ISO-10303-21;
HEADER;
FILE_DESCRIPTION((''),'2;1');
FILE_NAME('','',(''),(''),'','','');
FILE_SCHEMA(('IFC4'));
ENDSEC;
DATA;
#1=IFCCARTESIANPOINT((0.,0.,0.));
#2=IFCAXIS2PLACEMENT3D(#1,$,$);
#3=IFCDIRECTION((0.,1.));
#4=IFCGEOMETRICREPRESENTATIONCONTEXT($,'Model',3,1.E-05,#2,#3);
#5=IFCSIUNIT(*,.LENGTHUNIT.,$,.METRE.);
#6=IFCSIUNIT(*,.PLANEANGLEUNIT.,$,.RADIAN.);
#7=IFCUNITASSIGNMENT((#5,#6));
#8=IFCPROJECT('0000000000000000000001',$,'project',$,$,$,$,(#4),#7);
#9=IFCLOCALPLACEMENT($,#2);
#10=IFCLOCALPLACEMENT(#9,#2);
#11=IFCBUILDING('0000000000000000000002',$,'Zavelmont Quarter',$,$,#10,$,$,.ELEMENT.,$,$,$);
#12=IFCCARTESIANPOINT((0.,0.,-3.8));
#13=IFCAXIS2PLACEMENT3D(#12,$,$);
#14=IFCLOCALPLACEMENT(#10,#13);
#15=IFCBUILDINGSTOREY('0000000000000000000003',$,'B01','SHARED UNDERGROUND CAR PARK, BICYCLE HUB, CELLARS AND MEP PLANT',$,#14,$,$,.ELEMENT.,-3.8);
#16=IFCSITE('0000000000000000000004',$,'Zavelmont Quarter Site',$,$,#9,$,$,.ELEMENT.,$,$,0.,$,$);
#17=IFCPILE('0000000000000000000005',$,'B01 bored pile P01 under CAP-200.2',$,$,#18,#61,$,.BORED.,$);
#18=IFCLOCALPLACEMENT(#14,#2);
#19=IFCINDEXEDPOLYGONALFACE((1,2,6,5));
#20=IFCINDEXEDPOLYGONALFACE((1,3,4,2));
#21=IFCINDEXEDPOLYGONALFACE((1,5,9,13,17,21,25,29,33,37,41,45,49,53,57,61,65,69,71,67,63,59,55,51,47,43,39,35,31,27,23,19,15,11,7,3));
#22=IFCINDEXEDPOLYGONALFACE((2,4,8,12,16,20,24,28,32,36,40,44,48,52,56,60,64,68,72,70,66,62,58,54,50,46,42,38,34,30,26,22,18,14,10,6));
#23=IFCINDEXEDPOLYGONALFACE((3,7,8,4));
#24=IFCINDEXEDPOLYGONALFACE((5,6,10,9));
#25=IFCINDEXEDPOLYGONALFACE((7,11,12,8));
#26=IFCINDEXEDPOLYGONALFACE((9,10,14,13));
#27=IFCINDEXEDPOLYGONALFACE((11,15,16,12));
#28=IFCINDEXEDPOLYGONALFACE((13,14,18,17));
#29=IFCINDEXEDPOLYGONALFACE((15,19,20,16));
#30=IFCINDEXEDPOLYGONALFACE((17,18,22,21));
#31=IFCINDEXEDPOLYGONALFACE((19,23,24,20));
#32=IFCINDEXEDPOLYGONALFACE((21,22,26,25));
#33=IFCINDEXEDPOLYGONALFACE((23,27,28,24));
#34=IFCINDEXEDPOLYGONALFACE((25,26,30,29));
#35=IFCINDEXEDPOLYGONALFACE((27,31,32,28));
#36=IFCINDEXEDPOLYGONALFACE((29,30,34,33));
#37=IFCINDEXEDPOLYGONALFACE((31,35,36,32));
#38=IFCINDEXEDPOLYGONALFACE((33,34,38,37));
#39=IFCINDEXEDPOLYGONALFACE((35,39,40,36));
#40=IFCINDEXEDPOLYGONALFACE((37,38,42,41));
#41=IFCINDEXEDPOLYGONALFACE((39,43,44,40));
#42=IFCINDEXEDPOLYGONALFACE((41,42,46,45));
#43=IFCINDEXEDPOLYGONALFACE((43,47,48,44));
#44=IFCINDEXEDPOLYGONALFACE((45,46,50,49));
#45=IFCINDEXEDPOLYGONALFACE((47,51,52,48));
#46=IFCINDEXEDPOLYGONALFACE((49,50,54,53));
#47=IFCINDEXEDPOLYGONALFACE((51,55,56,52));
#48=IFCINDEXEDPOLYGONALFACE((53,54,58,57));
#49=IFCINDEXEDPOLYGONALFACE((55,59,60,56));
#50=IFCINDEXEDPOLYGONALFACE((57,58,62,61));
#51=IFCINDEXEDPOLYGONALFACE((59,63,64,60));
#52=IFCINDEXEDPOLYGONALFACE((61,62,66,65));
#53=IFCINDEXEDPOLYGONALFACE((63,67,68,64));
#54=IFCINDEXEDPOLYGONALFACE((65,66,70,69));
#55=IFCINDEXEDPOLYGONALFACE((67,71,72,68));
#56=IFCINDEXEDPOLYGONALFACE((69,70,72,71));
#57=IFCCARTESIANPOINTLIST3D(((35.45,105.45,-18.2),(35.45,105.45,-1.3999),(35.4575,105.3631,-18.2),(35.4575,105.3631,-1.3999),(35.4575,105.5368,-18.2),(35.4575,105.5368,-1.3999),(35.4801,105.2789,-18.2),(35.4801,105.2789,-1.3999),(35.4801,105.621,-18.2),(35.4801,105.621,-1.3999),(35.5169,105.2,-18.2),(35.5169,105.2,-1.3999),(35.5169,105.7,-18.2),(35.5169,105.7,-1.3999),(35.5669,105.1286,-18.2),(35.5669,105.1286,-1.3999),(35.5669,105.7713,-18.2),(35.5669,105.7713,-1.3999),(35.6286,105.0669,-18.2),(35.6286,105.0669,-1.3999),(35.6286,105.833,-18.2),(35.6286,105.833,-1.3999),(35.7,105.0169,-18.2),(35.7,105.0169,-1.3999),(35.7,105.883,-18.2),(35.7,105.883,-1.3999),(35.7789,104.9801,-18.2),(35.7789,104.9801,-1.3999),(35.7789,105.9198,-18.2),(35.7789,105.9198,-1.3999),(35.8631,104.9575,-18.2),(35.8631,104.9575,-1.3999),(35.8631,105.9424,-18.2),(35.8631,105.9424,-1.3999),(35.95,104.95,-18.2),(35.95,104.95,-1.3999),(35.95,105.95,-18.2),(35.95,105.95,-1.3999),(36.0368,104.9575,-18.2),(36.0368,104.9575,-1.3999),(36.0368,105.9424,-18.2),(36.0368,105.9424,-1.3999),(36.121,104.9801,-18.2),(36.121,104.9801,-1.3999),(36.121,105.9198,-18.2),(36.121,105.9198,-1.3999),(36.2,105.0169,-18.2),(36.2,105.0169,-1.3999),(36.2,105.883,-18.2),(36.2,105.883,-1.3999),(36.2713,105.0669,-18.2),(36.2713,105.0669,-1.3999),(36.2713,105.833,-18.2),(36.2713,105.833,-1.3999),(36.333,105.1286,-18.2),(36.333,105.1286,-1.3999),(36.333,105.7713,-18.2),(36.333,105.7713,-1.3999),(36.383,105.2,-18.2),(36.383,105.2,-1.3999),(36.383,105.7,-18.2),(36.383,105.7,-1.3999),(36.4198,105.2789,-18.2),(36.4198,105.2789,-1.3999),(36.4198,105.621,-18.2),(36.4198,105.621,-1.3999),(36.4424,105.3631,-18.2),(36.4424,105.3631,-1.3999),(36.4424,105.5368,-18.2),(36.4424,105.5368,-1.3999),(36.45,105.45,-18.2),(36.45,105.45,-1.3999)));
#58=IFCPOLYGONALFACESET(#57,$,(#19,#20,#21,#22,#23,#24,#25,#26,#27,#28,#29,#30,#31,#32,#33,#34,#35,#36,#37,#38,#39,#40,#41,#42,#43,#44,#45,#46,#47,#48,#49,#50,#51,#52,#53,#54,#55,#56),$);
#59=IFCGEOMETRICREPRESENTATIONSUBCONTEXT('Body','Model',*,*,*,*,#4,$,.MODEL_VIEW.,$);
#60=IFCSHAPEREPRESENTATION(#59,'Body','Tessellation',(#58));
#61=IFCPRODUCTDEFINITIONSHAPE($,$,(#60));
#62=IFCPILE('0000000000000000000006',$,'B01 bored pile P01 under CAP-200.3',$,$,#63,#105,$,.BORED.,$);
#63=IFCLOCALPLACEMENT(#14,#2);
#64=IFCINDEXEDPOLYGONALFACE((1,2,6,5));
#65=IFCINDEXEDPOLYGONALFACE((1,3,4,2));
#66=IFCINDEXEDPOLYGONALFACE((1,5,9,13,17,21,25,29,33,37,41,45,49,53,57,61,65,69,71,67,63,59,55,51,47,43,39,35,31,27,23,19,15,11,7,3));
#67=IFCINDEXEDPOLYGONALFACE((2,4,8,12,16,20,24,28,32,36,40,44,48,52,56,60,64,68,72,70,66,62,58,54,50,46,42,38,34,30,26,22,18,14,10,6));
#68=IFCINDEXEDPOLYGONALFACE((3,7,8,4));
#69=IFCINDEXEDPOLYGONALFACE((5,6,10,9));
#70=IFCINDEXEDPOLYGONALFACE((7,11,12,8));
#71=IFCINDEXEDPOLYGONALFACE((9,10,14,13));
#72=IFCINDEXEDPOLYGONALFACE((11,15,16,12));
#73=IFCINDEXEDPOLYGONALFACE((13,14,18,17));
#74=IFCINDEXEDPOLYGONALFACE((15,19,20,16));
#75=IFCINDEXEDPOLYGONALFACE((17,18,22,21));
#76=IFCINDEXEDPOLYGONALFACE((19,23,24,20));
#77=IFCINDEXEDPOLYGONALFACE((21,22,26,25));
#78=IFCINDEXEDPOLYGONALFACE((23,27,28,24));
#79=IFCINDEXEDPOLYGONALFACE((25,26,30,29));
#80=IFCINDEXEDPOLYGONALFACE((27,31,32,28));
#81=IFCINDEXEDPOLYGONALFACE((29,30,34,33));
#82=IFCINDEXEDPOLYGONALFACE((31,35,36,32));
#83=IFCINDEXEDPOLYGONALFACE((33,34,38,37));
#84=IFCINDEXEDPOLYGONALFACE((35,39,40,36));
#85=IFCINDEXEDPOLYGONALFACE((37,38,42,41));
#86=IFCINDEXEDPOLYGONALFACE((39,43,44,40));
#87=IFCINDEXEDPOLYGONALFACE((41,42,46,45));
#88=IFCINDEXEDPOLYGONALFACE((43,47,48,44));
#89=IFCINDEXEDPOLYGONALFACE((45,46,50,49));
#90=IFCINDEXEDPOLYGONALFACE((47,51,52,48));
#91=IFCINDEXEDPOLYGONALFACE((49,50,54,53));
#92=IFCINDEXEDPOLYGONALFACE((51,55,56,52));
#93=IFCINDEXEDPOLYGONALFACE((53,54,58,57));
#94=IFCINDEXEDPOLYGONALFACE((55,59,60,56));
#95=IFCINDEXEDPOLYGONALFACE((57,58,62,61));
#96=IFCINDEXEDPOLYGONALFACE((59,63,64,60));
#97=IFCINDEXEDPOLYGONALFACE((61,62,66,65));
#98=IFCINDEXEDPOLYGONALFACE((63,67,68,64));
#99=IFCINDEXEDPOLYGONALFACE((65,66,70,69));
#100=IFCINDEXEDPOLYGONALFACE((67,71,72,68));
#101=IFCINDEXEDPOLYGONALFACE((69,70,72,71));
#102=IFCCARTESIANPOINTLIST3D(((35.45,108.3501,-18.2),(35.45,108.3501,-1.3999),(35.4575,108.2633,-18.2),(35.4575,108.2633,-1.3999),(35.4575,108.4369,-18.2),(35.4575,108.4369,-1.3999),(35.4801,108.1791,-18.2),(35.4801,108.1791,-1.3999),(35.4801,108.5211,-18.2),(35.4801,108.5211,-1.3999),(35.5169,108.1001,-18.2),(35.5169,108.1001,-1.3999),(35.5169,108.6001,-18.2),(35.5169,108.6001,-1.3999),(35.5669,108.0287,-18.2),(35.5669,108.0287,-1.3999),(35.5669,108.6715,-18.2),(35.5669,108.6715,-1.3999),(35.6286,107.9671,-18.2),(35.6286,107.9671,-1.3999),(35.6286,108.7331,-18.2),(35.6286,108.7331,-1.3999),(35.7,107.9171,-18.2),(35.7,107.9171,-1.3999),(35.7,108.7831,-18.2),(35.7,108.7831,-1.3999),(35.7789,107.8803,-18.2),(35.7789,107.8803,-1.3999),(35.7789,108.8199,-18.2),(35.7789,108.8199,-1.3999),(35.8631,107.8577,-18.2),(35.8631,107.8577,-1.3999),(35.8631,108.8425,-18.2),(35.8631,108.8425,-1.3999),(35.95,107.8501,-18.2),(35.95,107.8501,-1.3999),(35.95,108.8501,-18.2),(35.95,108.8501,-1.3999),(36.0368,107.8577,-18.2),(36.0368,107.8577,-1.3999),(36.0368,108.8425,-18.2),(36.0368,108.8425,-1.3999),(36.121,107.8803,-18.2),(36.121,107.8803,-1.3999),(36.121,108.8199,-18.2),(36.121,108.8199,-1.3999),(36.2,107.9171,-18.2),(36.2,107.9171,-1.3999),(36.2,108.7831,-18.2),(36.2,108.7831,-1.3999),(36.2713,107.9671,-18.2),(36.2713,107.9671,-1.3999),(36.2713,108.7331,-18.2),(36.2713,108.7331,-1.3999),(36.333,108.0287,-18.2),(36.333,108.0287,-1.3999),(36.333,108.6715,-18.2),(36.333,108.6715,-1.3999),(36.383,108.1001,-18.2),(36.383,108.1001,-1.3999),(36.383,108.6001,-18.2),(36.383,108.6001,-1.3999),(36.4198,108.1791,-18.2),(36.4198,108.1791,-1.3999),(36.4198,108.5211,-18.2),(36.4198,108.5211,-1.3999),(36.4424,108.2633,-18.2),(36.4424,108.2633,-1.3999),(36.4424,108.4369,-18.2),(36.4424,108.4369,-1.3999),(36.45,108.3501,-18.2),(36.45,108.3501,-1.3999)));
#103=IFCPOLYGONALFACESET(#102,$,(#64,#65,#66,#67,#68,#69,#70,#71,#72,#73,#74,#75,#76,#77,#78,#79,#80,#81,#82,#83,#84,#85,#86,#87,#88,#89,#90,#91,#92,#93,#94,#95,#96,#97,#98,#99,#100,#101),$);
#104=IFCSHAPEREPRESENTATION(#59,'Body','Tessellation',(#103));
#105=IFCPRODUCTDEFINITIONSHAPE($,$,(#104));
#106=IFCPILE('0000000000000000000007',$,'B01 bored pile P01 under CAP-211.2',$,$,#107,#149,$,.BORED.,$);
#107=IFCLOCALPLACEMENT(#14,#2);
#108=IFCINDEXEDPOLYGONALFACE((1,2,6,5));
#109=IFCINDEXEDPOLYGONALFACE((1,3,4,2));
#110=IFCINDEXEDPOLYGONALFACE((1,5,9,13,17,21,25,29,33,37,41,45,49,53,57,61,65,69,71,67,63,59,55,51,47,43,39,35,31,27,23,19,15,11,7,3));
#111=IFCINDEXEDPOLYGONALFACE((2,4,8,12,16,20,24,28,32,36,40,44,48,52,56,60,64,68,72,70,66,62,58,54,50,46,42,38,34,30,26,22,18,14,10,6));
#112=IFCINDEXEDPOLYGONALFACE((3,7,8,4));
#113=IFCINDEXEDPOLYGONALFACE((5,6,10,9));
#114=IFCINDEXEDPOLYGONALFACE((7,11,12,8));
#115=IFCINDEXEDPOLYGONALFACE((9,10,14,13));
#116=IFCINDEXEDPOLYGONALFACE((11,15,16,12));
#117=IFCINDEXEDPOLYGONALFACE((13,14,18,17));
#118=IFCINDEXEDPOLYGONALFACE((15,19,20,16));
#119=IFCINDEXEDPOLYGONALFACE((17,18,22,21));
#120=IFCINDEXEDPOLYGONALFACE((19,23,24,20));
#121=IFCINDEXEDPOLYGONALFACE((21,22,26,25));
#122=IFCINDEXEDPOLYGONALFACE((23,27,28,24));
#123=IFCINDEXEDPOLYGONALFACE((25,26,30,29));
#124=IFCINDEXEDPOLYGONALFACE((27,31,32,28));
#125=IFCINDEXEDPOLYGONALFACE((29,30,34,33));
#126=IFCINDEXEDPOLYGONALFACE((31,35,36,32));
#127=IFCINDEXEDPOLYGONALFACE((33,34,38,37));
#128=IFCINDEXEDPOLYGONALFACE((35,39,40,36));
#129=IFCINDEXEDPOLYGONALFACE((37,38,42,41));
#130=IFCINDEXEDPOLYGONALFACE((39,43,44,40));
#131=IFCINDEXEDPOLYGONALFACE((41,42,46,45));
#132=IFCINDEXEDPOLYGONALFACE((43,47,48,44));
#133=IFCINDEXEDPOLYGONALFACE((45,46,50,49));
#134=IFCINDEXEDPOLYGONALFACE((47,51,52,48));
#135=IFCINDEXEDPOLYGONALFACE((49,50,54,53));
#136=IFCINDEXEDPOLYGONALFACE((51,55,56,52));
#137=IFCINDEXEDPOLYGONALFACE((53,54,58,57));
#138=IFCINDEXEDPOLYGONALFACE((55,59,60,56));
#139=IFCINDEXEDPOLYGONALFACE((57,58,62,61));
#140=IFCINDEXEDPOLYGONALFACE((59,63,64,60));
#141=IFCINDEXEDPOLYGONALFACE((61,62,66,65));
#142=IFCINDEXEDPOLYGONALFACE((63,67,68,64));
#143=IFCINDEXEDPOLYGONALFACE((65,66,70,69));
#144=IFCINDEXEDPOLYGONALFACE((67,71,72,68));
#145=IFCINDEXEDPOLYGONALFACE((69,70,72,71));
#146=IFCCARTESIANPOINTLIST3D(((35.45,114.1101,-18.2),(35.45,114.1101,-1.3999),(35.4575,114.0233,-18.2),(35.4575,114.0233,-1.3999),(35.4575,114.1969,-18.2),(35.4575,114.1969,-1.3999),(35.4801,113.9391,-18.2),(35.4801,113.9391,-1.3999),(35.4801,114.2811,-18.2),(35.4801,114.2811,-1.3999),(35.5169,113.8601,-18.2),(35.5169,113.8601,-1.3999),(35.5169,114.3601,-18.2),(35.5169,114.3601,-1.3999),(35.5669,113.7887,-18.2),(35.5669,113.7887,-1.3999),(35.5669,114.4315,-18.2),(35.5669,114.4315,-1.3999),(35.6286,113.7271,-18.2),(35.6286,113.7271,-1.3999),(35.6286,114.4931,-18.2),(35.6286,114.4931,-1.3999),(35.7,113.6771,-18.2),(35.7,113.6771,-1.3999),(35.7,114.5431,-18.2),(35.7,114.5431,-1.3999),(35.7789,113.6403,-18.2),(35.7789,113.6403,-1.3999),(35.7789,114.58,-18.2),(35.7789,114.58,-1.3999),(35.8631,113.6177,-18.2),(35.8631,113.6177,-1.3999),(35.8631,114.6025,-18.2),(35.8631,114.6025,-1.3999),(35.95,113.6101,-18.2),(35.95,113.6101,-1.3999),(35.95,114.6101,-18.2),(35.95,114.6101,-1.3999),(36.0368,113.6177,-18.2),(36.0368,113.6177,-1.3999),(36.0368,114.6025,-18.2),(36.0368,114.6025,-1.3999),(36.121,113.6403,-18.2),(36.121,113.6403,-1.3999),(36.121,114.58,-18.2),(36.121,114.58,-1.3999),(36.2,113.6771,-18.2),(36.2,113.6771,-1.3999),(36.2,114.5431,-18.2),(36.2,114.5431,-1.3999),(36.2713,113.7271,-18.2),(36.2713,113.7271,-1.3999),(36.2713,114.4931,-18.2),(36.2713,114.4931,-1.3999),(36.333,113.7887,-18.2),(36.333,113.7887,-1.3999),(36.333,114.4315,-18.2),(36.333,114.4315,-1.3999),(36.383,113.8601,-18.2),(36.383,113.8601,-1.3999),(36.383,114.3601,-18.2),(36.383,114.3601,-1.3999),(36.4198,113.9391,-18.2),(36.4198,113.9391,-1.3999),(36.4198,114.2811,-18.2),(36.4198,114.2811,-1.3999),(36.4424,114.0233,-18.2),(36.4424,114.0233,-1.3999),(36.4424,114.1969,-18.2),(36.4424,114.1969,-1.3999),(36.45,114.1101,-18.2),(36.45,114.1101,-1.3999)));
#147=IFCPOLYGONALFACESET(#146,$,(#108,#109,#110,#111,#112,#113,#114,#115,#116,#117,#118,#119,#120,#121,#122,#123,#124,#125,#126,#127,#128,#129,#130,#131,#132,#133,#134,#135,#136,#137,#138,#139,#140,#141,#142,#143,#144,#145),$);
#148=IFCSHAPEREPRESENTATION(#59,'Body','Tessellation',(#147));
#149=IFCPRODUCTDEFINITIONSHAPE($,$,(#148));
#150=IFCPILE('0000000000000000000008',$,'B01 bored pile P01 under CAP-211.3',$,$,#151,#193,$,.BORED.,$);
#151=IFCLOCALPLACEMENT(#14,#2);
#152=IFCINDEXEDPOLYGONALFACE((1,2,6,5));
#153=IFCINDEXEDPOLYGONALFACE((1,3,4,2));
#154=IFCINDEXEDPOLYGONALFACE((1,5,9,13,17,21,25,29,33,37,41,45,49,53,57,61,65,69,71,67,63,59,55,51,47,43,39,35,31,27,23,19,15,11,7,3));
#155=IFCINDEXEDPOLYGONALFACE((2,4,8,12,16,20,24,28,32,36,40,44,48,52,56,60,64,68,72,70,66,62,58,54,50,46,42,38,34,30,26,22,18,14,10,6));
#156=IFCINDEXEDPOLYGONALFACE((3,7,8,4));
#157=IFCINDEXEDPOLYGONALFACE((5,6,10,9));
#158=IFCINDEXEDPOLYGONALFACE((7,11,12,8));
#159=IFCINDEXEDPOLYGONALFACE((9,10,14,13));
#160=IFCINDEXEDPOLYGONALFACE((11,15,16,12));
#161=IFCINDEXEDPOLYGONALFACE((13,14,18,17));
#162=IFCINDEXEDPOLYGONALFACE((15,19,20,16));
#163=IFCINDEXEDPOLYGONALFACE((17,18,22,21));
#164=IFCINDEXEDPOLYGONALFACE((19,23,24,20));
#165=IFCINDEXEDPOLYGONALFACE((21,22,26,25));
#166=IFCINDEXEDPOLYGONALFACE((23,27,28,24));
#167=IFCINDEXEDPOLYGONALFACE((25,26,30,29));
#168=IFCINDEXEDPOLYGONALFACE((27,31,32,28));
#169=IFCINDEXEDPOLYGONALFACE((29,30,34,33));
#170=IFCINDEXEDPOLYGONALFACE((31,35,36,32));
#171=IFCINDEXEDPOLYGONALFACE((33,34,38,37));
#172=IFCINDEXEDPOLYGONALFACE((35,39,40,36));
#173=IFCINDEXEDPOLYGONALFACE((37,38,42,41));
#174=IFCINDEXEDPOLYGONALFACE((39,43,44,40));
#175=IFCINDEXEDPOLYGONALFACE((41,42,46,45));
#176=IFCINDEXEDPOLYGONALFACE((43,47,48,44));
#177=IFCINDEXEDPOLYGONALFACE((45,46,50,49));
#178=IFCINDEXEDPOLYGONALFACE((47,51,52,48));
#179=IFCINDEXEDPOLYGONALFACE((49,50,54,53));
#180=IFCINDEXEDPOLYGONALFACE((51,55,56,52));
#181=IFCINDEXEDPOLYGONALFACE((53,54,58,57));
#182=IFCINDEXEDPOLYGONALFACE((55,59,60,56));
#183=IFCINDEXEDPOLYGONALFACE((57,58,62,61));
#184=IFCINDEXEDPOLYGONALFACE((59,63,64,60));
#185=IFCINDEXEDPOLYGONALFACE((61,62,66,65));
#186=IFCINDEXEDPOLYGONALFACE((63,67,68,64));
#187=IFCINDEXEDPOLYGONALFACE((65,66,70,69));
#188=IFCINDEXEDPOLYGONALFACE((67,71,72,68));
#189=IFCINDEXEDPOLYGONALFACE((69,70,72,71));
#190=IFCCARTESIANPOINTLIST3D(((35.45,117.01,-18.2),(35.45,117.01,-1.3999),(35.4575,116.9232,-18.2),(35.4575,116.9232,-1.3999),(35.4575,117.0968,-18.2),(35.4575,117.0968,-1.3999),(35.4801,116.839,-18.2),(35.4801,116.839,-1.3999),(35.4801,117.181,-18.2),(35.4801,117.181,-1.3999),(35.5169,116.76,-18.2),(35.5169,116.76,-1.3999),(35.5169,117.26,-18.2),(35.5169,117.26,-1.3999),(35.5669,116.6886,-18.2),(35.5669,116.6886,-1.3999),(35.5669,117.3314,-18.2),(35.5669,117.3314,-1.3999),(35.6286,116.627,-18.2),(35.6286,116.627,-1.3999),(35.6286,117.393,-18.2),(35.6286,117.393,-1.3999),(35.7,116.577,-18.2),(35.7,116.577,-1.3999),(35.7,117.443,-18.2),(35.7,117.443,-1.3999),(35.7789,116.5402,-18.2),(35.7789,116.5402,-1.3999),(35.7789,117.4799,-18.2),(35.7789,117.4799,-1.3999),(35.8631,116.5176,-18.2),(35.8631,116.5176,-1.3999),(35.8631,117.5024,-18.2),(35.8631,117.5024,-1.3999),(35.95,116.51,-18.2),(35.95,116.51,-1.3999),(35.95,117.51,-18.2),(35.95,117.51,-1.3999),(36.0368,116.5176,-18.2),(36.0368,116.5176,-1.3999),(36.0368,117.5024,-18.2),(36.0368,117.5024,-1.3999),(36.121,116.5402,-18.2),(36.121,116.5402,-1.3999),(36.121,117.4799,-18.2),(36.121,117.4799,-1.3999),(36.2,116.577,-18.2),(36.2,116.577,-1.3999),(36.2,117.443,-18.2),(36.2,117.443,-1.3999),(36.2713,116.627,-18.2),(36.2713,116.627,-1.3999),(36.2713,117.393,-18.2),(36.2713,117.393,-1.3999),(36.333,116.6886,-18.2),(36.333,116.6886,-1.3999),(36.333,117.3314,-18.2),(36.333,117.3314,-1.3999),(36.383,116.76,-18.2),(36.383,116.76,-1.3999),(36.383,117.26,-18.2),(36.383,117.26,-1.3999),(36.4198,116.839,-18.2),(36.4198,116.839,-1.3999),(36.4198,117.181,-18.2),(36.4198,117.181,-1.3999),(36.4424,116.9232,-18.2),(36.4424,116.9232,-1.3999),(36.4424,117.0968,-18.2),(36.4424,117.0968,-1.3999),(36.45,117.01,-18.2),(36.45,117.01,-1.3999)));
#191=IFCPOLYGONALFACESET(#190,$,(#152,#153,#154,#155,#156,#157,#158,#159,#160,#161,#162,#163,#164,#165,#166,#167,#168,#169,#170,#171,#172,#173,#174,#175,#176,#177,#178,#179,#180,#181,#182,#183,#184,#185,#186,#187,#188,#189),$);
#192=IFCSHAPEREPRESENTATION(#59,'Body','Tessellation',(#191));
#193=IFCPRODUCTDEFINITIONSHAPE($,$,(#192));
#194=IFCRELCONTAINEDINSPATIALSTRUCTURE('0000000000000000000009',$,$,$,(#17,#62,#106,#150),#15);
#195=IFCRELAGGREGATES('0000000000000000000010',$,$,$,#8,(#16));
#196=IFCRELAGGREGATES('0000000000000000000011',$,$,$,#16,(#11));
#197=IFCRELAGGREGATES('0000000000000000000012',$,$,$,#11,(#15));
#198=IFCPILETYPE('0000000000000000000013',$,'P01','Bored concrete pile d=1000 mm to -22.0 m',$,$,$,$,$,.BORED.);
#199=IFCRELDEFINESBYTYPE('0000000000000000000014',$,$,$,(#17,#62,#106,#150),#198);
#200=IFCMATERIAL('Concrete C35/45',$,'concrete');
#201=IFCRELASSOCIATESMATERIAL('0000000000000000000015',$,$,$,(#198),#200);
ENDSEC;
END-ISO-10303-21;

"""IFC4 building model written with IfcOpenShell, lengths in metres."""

from ifc_helpers import new_model, si_unit, direction, frame, origin, origin_2d, place, context, subcontext, project, spatial, circle, extrude, material, material_profile, profile_set, type_object, element, save


model = new_model("IFC4")

# Units and contexts
model_context = context("Model", 3, precision=1e-05, world=origin(), true_north=direction((0.0, 1.0)))
body_context = subcontext(model_context, "Body", "Model", "MODEL_VIEW")
ifc_project = project(units=[si_unit("LENGTHUNIT", "METRE"), si_unit("PLANEANGLEUNIT", "RADIAN")], contexts=[model_context])

# Site, building, storey
site_placement = place(None, origin())
site = spatial("IfcSite", under=ifc_project, at=site_placement, Name="Zavelmont Quarter Site", CompositionType="ELEMENT", RefElevation=0.0)
building_placement = place(site_placement, origin())
building = spatial("IfcBuilding", under=site, at=building_placement, Name="Zavelmont Quarter", CompositionType="ELEMENT")
storey_placement = place(building_placement, frame((0.0, 0.0, -3.8)))
storey = spatial("IfcBuildingStorey", under=building, at=storey_placement, Name="B01", Description="SHARED UNDERGROUND CAR PARK, BICYCLE HUB, CELLARS AND MEP PLANT", CompositionType="ELEMENT", Elevation=-3.8)

# Shared definitions
ifc_material_1 = material(Name="Concrete C35/45", Category="concrete")

# Piles
ifc_material_profile_1 = material_profile(ifc_material_1, circle(Radius=0.5, at=origin_2d()), Name="BP1000")
ifc_profile_set_1 = profile_set([ifc_material_profile_1], Name="Concrete C35/45")
pile_type = type_object("IfcPileType", Name="P01", Description="Bored concrete pile d=1000 mm to -22.0 m", PredefinedType="BORED", material=ifc_profile_set_1)
for number, where, z_axis, x_axis, name in (
    (1, (35.95, 105.45, -1.3999), (0.0, 0.0, -1.0), (1.0, 0.0, 0.0), "B01 bored pile P01 under CAP-200.2"),
    (2, (35.95, 108.3501, -1.3999), (0.0, 0.0, -1.0), (1.0, 0.0, 0.0), "B01 bored pile P01 under CAP-200.3"),
    (3, (35.95, 114.1101, -1.3999), (0.0, 0.0, -1.0), (1.0, 0.0, 0.0), "B01 bored pile P01 under CAP-211.2"),
    (4, (35.95, 117.01, -1.3999), (0.0, 0.0, -1.0), (1.0, 0.0, 0.0), "B01 bored pile P01 under CAP-211.3"),
):
    element("IfcPile", number, at=place(storey_placement, frame(where, z_axis=z_axis, x_axis=x_axis)), inside=storey, type_object=pile_type, Name=name, PredefinedType="BORED", context=body_context, shape_type="SweptSolid", body=[
        extrude(circle(Radius=0.5, at=origin_2d()), origin(), (0.0, 0.0, 1.0), 16.8),
    ])

save(model, "model.ifc")
